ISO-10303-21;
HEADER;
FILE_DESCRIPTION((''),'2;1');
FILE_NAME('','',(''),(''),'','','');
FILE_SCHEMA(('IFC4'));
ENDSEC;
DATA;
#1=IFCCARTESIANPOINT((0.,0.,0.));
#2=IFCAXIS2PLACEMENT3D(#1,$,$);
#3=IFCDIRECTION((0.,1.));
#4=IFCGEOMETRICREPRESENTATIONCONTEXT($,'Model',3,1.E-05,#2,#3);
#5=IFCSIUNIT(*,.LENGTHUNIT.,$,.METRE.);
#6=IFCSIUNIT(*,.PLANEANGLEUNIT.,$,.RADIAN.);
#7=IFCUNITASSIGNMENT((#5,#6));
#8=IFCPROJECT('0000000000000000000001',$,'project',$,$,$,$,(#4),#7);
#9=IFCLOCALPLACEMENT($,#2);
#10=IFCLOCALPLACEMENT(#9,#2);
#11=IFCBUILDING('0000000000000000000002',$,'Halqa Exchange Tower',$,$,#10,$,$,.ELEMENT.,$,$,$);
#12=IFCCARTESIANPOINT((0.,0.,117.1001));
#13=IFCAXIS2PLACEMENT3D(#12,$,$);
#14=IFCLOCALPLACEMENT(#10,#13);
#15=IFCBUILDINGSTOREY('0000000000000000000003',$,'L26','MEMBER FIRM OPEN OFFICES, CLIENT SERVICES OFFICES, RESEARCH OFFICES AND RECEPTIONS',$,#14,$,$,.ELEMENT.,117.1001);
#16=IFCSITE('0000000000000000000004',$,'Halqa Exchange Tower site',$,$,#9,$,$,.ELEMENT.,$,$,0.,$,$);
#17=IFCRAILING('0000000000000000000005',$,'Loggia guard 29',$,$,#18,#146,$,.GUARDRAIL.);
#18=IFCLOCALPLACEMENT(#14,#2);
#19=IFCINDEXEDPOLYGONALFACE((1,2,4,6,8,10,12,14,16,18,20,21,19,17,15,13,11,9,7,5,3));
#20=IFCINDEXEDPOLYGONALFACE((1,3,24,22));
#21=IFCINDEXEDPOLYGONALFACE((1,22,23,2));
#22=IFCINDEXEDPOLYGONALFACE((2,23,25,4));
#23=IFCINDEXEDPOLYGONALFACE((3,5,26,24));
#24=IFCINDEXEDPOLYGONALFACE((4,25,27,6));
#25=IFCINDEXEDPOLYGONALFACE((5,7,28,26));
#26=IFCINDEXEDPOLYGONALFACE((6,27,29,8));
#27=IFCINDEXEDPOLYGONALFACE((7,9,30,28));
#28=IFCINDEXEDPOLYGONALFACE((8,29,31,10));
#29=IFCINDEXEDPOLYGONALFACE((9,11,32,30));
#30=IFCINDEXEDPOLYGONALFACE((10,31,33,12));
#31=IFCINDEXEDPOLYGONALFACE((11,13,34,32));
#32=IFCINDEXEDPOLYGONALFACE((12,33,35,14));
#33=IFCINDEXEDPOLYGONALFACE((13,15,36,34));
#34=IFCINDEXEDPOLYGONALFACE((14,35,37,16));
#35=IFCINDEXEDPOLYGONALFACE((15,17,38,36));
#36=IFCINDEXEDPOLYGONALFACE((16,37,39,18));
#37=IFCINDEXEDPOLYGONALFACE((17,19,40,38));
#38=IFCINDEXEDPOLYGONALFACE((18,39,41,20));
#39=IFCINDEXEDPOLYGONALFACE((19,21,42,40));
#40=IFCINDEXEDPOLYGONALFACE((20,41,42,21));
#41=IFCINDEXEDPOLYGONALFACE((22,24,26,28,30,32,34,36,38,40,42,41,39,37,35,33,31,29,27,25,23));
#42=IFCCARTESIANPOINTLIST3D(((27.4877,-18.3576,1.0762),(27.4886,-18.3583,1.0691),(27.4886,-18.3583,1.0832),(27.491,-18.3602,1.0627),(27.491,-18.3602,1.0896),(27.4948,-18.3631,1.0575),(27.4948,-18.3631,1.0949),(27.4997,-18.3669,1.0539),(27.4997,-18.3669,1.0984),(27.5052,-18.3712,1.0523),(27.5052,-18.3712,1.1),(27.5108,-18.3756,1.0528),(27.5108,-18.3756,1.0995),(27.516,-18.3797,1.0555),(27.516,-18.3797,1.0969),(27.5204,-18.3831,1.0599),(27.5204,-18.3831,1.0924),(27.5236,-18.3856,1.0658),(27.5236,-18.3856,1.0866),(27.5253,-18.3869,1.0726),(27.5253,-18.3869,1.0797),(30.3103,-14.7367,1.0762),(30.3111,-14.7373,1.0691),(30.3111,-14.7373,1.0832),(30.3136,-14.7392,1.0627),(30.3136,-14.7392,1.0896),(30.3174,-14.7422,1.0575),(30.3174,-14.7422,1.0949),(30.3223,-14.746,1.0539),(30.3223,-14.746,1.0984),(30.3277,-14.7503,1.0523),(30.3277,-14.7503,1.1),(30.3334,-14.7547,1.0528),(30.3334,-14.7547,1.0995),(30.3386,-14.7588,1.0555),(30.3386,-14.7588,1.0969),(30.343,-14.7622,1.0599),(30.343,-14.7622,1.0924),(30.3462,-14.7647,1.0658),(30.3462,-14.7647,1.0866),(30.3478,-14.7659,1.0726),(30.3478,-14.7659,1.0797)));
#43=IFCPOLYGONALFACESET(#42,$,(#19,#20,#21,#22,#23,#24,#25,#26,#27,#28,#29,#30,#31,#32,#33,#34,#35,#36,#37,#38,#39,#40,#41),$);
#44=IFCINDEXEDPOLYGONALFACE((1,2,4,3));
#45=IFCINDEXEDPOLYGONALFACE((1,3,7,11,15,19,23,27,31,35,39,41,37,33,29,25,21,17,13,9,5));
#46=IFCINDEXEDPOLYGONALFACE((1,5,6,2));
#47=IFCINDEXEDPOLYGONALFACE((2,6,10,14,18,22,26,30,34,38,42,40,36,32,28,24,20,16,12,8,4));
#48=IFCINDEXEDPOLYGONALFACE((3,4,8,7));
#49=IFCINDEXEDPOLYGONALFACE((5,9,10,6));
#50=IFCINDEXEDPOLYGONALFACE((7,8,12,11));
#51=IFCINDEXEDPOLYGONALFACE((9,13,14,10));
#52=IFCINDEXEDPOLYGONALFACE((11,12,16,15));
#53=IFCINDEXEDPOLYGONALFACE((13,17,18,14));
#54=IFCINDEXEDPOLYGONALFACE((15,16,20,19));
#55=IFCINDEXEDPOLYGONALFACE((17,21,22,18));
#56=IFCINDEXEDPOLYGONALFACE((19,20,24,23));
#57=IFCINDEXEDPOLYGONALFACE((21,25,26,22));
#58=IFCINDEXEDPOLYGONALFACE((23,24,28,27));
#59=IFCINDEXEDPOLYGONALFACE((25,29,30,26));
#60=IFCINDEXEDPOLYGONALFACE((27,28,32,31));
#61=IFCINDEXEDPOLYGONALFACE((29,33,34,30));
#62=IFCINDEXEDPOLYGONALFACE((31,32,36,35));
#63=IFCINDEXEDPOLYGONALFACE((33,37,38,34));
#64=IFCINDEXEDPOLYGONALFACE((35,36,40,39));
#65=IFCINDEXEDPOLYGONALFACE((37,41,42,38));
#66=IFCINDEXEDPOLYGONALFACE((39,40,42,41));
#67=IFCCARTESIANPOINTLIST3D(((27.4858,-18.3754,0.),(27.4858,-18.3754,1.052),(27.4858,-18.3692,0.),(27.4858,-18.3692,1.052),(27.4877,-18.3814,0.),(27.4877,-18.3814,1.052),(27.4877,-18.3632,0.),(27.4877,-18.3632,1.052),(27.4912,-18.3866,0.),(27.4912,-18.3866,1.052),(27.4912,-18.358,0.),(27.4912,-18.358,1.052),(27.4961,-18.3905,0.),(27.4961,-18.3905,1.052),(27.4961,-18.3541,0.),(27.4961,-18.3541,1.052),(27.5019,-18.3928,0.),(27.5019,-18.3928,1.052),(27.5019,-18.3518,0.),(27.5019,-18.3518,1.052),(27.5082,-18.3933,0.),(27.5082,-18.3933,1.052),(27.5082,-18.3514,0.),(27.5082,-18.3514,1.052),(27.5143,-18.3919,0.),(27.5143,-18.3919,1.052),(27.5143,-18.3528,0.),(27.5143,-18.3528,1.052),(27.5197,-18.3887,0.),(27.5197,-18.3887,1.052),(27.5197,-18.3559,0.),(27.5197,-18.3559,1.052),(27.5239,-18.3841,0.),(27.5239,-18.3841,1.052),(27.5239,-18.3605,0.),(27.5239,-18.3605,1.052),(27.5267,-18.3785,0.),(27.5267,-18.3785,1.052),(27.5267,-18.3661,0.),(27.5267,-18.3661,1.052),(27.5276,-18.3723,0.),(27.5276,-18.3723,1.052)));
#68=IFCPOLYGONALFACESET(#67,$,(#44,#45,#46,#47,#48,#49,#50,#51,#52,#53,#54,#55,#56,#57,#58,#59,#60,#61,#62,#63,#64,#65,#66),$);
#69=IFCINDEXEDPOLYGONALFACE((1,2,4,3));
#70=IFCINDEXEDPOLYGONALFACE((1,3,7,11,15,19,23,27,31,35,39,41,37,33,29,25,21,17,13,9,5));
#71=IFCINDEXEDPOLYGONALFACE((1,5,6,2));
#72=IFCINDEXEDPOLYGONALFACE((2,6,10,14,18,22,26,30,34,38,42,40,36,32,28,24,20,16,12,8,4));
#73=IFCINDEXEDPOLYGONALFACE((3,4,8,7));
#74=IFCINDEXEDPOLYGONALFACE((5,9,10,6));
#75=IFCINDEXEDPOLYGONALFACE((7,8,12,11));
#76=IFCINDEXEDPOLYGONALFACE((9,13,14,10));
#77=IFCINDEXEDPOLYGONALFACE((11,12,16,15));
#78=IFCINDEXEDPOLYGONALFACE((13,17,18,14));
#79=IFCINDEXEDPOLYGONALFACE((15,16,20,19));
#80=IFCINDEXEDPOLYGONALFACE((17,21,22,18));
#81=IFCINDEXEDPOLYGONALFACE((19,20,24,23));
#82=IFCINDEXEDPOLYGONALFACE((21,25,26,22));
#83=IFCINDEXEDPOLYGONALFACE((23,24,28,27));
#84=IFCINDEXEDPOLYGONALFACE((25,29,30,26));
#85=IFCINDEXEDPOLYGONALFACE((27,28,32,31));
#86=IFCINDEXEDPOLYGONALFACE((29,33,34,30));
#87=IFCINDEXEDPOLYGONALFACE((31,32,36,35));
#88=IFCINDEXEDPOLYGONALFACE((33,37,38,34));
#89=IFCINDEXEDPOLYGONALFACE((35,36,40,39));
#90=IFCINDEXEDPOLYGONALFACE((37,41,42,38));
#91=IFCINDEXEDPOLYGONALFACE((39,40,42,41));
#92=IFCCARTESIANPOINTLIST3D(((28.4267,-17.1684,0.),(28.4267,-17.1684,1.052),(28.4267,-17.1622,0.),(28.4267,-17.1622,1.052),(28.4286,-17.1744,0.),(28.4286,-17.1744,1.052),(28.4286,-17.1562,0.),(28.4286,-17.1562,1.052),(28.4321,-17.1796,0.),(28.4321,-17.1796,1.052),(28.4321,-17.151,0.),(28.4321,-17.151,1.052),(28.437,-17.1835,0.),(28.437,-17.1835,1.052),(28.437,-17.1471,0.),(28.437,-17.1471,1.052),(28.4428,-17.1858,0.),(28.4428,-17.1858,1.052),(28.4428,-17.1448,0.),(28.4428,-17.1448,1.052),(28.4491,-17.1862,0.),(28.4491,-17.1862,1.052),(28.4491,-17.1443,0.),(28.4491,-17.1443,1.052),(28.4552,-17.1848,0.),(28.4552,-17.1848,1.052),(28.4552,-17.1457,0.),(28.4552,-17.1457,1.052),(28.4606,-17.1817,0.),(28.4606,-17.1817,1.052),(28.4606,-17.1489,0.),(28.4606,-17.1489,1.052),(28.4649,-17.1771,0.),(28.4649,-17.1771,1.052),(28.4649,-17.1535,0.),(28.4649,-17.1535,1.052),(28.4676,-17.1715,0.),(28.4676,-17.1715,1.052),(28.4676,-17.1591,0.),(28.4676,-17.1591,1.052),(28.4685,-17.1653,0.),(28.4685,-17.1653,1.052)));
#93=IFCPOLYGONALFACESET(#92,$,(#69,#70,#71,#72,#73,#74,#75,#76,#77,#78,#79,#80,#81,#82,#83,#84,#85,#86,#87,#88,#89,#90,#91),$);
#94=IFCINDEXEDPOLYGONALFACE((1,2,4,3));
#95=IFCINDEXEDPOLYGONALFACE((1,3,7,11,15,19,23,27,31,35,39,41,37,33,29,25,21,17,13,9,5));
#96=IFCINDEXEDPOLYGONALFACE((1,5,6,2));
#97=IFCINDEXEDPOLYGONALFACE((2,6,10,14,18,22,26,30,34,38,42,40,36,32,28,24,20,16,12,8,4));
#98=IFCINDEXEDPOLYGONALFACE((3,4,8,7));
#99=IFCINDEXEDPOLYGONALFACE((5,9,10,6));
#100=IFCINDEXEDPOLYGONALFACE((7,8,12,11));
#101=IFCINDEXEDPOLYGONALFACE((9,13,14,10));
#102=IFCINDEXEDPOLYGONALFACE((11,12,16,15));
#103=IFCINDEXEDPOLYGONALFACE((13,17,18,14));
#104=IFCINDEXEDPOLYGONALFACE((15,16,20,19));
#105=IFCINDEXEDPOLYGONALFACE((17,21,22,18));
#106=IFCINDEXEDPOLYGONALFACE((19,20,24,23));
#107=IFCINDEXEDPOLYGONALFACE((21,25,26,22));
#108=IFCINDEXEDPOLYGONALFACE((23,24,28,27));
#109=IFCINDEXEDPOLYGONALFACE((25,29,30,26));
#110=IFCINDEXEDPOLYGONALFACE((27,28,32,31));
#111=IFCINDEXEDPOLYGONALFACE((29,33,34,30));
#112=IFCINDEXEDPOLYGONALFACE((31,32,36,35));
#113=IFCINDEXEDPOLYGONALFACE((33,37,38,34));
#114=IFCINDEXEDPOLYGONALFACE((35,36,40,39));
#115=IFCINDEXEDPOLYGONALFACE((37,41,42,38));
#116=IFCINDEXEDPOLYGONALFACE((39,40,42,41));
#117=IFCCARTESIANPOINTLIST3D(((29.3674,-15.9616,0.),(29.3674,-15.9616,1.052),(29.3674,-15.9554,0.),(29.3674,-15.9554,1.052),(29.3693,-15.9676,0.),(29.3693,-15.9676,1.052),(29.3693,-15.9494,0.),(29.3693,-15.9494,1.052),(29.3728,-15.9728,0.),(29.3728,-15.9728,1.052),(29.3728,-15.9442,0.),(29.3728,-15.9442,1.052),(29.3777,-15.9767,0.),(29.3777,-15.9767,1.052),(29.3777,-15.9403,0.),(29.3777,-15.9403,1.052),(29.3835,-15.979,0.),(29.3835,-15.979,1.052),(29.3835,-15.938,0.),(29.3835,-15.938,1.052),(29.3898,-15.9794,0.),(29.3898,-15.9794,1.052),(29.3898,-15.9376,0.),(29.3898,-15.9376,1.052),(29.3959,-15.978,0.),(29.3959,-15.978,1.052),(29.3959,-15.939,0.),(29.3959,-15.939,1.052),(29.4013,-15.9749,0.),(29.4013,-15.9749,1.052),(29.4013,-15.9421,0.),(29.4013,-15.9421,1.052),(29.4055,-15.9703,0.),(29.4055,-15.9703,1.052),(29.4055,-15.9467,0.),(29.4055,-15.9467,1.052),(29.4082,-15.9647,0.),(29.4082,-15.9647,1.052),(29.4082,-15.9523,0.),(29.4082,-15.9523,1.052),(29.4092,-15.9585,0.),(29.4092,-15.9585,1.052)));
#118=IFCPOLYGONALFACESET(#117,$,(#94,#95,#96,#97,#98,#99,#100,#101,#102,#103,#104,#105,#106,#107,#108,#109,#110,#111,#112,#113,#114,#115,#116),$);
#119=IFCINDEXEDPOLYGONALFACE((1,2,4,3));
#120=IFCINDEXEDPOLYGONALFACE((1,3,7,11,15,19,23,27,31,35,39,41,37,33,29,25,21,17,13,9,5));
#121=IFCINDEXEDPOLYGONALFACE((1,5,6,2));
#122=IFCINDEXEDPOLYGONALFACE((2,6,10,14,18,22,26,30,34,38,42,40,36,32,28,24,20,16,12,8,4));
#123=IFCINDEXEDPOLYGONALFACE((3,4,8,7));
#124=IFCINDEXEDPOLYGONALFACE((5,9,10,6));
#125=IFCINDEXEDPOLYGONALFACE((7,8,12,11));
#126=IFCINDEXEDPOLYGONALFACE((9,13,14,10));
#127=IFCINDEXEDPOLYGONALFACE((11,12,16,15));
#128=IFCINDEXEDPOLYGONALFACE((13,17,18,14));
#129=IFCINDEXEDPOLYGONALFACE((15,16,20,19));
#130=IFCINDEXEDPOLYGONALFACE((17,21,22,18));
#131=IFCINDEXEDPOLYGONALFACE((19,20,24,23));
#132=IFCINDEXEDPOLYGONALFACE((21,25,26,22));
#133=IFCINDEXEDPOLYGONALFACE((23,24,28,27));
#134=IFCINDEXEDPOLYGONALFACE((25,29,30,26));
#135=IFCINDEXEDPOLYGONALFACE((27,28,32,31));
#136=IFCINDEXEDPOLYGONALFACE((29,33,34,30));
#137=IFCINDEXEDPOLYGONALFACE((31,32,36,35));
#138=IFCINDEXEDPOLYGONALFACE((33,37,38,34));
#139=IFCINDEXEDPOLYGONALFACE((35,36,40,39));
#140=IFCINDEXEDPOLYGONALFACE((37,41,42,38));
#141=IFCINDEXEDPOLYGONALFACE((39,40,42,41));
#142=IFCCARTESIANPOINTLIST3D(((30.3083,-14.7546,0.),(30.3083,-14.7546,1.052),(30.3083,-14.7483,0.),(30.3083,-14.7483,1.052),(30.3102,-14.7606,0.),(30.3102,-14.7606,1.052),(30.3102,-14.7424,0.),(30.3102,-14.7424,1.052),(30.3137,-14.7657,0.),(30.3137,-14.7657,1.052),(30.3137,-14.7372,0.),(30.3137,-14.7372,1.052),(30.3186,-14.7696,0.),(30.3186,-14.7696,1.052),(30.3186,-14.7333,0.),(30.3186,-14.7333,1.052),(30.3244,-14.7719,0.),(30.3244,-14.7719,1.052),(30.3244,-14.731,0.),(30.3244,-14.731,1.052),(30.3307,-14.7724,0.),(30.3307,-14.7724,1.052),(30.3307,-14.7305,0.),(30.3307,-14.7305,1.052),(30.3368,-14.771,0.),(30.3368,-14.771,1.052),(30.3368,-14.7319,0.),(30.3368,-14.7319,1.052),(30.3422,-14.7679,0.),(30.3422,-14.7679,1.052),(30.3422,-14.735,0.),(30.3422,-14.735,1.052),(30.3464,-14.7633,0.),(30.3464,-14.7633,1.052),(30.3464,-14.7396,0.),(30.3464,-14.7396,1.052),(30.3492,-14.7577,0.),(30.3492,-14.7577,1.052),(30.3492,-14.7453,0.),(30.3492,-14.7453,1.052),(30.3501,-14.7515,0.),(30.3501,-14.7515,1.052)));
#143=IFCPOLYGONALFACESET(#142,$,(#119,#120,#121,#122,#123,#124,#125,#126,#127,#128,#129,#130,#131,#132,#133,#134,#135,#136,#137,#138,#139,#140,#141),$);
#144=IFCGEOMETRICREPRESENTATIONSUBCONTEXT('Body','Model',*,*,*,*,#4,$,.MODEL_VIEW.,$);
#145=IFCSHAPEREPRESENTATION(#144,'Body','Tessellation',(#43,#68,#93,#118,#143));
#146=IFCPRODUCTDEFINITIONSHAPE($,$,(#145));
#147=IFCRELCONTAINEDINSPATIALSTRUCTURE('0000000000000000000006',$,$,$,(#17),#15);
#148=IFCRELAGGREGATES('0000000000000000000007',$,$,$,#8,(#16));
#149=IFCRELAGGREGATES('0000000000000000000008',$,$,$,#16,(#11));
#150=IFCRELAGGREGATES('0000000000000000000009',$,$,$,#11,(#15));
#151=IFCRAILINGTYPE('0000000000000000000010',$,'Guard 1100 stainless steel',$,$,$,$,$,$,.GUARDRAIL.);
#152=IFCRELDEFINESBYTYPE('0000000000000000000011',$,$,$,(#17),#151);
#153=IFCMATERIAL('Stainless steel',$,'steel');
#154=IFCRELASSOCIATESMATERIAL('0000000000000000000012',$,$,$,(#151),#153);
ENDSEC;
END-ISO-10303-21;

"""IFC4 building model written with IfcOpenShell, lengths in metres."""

from ifc_helpers import new_model, si_unit, direction, frame, origin, origin_2d, place, context, subcontext, project, spatial, circle, extrude, material, type_object, element, save


model = new_model("IFC4")

# Units and contexts
model_context = context("Model", 3, precision=1e-05, world=origin(), true_north=direction((0.0, 1.0)))
body_context = subcontext(model_context, "Body", "Model", "MODEL_VIEW")
ifc_project = project(units=[si_unit("LENGTHUNIT", "METRE"), si_unit("PLANEANGLEUNIT", "RADIAN")], contexts=[model_context])

# Site, building, storey
site_placement = place(None, origin())
site = spatial("IfcSite", under=ifc_project, at=site_placement, Name="Halqa Exchange Tower site", CompositionType="ELEMENT", RefElevation=0.0)
building_placement = place(site_placement, origin())
building = spatial("IfcBuilding", under=site, at=building_placement, Name="Halqa Exchange Tower", CompositionType="ELEMENT")
storey_placement = place(building_placement, frame((0.0, 0.0, 117.1001)))
storey = spatial("IfcBuildingStorey", under=building, at=storey_placement, Name="L26", Description="MEMBER FIRM OPEN OFFICES, CLIENT SERVICES OFFICES, RESEARCH OFFICES AND RECEPTIONS", CompositionType="ELEMENT", Elevation=117.1001)

# Railing
ifc_material_1 = material(Name="Stainless steel", Category="steel")
railing_type = type_object("IfcRailingType", Name="Guard 1100 stainless steel", PredefinedType="GUARDRAIL", material=ifc_material_1)
railing_1_placement = place(storey_placement, frame((27.5066, -18.3723, 0.0)))
element("IfcRailing", 1, at=railing_1_placement, inside=storey, type_object=railing_type, Name="Loggia guard 29", PredefinedType="GUARDRAIL", context=body_context, shape_type="SweptSolid", body=[
    extrude(circle(Radius=0.0239, at=origin_2d()), frame((0.0, 0.0, 1.0762), z_axis=(0.614794, 0.788687, 0.0), x_axis=(-0.788687, 0.614794, 0.0)), (0.0, 0.0, 1.0), 4.5911),
    extrude(circle(Radius=0.021, at=origin_2d()), origin(), (0.0, 0.0, 1.0), 1.052),
    extrude(circle(Radius=0.021, at=origin_2d()), frame((0.9409, 1.207, 0.0)), (0.0, 0.0, 1.0), 1.052),
    extrude(circle(Radius=0.021, at=origin_2d()), frame((1.8816, 2.4138, 0.0)), (0.0, 0.0, 1.0), 1.052),
    extrude(circle(Radius=0.021, at=origin_2d()), frame((2.8225, 3.6208, 0.0)), (0.0, 0.0, 1.0), 1.052),
])

save(model, "model.ifc")
